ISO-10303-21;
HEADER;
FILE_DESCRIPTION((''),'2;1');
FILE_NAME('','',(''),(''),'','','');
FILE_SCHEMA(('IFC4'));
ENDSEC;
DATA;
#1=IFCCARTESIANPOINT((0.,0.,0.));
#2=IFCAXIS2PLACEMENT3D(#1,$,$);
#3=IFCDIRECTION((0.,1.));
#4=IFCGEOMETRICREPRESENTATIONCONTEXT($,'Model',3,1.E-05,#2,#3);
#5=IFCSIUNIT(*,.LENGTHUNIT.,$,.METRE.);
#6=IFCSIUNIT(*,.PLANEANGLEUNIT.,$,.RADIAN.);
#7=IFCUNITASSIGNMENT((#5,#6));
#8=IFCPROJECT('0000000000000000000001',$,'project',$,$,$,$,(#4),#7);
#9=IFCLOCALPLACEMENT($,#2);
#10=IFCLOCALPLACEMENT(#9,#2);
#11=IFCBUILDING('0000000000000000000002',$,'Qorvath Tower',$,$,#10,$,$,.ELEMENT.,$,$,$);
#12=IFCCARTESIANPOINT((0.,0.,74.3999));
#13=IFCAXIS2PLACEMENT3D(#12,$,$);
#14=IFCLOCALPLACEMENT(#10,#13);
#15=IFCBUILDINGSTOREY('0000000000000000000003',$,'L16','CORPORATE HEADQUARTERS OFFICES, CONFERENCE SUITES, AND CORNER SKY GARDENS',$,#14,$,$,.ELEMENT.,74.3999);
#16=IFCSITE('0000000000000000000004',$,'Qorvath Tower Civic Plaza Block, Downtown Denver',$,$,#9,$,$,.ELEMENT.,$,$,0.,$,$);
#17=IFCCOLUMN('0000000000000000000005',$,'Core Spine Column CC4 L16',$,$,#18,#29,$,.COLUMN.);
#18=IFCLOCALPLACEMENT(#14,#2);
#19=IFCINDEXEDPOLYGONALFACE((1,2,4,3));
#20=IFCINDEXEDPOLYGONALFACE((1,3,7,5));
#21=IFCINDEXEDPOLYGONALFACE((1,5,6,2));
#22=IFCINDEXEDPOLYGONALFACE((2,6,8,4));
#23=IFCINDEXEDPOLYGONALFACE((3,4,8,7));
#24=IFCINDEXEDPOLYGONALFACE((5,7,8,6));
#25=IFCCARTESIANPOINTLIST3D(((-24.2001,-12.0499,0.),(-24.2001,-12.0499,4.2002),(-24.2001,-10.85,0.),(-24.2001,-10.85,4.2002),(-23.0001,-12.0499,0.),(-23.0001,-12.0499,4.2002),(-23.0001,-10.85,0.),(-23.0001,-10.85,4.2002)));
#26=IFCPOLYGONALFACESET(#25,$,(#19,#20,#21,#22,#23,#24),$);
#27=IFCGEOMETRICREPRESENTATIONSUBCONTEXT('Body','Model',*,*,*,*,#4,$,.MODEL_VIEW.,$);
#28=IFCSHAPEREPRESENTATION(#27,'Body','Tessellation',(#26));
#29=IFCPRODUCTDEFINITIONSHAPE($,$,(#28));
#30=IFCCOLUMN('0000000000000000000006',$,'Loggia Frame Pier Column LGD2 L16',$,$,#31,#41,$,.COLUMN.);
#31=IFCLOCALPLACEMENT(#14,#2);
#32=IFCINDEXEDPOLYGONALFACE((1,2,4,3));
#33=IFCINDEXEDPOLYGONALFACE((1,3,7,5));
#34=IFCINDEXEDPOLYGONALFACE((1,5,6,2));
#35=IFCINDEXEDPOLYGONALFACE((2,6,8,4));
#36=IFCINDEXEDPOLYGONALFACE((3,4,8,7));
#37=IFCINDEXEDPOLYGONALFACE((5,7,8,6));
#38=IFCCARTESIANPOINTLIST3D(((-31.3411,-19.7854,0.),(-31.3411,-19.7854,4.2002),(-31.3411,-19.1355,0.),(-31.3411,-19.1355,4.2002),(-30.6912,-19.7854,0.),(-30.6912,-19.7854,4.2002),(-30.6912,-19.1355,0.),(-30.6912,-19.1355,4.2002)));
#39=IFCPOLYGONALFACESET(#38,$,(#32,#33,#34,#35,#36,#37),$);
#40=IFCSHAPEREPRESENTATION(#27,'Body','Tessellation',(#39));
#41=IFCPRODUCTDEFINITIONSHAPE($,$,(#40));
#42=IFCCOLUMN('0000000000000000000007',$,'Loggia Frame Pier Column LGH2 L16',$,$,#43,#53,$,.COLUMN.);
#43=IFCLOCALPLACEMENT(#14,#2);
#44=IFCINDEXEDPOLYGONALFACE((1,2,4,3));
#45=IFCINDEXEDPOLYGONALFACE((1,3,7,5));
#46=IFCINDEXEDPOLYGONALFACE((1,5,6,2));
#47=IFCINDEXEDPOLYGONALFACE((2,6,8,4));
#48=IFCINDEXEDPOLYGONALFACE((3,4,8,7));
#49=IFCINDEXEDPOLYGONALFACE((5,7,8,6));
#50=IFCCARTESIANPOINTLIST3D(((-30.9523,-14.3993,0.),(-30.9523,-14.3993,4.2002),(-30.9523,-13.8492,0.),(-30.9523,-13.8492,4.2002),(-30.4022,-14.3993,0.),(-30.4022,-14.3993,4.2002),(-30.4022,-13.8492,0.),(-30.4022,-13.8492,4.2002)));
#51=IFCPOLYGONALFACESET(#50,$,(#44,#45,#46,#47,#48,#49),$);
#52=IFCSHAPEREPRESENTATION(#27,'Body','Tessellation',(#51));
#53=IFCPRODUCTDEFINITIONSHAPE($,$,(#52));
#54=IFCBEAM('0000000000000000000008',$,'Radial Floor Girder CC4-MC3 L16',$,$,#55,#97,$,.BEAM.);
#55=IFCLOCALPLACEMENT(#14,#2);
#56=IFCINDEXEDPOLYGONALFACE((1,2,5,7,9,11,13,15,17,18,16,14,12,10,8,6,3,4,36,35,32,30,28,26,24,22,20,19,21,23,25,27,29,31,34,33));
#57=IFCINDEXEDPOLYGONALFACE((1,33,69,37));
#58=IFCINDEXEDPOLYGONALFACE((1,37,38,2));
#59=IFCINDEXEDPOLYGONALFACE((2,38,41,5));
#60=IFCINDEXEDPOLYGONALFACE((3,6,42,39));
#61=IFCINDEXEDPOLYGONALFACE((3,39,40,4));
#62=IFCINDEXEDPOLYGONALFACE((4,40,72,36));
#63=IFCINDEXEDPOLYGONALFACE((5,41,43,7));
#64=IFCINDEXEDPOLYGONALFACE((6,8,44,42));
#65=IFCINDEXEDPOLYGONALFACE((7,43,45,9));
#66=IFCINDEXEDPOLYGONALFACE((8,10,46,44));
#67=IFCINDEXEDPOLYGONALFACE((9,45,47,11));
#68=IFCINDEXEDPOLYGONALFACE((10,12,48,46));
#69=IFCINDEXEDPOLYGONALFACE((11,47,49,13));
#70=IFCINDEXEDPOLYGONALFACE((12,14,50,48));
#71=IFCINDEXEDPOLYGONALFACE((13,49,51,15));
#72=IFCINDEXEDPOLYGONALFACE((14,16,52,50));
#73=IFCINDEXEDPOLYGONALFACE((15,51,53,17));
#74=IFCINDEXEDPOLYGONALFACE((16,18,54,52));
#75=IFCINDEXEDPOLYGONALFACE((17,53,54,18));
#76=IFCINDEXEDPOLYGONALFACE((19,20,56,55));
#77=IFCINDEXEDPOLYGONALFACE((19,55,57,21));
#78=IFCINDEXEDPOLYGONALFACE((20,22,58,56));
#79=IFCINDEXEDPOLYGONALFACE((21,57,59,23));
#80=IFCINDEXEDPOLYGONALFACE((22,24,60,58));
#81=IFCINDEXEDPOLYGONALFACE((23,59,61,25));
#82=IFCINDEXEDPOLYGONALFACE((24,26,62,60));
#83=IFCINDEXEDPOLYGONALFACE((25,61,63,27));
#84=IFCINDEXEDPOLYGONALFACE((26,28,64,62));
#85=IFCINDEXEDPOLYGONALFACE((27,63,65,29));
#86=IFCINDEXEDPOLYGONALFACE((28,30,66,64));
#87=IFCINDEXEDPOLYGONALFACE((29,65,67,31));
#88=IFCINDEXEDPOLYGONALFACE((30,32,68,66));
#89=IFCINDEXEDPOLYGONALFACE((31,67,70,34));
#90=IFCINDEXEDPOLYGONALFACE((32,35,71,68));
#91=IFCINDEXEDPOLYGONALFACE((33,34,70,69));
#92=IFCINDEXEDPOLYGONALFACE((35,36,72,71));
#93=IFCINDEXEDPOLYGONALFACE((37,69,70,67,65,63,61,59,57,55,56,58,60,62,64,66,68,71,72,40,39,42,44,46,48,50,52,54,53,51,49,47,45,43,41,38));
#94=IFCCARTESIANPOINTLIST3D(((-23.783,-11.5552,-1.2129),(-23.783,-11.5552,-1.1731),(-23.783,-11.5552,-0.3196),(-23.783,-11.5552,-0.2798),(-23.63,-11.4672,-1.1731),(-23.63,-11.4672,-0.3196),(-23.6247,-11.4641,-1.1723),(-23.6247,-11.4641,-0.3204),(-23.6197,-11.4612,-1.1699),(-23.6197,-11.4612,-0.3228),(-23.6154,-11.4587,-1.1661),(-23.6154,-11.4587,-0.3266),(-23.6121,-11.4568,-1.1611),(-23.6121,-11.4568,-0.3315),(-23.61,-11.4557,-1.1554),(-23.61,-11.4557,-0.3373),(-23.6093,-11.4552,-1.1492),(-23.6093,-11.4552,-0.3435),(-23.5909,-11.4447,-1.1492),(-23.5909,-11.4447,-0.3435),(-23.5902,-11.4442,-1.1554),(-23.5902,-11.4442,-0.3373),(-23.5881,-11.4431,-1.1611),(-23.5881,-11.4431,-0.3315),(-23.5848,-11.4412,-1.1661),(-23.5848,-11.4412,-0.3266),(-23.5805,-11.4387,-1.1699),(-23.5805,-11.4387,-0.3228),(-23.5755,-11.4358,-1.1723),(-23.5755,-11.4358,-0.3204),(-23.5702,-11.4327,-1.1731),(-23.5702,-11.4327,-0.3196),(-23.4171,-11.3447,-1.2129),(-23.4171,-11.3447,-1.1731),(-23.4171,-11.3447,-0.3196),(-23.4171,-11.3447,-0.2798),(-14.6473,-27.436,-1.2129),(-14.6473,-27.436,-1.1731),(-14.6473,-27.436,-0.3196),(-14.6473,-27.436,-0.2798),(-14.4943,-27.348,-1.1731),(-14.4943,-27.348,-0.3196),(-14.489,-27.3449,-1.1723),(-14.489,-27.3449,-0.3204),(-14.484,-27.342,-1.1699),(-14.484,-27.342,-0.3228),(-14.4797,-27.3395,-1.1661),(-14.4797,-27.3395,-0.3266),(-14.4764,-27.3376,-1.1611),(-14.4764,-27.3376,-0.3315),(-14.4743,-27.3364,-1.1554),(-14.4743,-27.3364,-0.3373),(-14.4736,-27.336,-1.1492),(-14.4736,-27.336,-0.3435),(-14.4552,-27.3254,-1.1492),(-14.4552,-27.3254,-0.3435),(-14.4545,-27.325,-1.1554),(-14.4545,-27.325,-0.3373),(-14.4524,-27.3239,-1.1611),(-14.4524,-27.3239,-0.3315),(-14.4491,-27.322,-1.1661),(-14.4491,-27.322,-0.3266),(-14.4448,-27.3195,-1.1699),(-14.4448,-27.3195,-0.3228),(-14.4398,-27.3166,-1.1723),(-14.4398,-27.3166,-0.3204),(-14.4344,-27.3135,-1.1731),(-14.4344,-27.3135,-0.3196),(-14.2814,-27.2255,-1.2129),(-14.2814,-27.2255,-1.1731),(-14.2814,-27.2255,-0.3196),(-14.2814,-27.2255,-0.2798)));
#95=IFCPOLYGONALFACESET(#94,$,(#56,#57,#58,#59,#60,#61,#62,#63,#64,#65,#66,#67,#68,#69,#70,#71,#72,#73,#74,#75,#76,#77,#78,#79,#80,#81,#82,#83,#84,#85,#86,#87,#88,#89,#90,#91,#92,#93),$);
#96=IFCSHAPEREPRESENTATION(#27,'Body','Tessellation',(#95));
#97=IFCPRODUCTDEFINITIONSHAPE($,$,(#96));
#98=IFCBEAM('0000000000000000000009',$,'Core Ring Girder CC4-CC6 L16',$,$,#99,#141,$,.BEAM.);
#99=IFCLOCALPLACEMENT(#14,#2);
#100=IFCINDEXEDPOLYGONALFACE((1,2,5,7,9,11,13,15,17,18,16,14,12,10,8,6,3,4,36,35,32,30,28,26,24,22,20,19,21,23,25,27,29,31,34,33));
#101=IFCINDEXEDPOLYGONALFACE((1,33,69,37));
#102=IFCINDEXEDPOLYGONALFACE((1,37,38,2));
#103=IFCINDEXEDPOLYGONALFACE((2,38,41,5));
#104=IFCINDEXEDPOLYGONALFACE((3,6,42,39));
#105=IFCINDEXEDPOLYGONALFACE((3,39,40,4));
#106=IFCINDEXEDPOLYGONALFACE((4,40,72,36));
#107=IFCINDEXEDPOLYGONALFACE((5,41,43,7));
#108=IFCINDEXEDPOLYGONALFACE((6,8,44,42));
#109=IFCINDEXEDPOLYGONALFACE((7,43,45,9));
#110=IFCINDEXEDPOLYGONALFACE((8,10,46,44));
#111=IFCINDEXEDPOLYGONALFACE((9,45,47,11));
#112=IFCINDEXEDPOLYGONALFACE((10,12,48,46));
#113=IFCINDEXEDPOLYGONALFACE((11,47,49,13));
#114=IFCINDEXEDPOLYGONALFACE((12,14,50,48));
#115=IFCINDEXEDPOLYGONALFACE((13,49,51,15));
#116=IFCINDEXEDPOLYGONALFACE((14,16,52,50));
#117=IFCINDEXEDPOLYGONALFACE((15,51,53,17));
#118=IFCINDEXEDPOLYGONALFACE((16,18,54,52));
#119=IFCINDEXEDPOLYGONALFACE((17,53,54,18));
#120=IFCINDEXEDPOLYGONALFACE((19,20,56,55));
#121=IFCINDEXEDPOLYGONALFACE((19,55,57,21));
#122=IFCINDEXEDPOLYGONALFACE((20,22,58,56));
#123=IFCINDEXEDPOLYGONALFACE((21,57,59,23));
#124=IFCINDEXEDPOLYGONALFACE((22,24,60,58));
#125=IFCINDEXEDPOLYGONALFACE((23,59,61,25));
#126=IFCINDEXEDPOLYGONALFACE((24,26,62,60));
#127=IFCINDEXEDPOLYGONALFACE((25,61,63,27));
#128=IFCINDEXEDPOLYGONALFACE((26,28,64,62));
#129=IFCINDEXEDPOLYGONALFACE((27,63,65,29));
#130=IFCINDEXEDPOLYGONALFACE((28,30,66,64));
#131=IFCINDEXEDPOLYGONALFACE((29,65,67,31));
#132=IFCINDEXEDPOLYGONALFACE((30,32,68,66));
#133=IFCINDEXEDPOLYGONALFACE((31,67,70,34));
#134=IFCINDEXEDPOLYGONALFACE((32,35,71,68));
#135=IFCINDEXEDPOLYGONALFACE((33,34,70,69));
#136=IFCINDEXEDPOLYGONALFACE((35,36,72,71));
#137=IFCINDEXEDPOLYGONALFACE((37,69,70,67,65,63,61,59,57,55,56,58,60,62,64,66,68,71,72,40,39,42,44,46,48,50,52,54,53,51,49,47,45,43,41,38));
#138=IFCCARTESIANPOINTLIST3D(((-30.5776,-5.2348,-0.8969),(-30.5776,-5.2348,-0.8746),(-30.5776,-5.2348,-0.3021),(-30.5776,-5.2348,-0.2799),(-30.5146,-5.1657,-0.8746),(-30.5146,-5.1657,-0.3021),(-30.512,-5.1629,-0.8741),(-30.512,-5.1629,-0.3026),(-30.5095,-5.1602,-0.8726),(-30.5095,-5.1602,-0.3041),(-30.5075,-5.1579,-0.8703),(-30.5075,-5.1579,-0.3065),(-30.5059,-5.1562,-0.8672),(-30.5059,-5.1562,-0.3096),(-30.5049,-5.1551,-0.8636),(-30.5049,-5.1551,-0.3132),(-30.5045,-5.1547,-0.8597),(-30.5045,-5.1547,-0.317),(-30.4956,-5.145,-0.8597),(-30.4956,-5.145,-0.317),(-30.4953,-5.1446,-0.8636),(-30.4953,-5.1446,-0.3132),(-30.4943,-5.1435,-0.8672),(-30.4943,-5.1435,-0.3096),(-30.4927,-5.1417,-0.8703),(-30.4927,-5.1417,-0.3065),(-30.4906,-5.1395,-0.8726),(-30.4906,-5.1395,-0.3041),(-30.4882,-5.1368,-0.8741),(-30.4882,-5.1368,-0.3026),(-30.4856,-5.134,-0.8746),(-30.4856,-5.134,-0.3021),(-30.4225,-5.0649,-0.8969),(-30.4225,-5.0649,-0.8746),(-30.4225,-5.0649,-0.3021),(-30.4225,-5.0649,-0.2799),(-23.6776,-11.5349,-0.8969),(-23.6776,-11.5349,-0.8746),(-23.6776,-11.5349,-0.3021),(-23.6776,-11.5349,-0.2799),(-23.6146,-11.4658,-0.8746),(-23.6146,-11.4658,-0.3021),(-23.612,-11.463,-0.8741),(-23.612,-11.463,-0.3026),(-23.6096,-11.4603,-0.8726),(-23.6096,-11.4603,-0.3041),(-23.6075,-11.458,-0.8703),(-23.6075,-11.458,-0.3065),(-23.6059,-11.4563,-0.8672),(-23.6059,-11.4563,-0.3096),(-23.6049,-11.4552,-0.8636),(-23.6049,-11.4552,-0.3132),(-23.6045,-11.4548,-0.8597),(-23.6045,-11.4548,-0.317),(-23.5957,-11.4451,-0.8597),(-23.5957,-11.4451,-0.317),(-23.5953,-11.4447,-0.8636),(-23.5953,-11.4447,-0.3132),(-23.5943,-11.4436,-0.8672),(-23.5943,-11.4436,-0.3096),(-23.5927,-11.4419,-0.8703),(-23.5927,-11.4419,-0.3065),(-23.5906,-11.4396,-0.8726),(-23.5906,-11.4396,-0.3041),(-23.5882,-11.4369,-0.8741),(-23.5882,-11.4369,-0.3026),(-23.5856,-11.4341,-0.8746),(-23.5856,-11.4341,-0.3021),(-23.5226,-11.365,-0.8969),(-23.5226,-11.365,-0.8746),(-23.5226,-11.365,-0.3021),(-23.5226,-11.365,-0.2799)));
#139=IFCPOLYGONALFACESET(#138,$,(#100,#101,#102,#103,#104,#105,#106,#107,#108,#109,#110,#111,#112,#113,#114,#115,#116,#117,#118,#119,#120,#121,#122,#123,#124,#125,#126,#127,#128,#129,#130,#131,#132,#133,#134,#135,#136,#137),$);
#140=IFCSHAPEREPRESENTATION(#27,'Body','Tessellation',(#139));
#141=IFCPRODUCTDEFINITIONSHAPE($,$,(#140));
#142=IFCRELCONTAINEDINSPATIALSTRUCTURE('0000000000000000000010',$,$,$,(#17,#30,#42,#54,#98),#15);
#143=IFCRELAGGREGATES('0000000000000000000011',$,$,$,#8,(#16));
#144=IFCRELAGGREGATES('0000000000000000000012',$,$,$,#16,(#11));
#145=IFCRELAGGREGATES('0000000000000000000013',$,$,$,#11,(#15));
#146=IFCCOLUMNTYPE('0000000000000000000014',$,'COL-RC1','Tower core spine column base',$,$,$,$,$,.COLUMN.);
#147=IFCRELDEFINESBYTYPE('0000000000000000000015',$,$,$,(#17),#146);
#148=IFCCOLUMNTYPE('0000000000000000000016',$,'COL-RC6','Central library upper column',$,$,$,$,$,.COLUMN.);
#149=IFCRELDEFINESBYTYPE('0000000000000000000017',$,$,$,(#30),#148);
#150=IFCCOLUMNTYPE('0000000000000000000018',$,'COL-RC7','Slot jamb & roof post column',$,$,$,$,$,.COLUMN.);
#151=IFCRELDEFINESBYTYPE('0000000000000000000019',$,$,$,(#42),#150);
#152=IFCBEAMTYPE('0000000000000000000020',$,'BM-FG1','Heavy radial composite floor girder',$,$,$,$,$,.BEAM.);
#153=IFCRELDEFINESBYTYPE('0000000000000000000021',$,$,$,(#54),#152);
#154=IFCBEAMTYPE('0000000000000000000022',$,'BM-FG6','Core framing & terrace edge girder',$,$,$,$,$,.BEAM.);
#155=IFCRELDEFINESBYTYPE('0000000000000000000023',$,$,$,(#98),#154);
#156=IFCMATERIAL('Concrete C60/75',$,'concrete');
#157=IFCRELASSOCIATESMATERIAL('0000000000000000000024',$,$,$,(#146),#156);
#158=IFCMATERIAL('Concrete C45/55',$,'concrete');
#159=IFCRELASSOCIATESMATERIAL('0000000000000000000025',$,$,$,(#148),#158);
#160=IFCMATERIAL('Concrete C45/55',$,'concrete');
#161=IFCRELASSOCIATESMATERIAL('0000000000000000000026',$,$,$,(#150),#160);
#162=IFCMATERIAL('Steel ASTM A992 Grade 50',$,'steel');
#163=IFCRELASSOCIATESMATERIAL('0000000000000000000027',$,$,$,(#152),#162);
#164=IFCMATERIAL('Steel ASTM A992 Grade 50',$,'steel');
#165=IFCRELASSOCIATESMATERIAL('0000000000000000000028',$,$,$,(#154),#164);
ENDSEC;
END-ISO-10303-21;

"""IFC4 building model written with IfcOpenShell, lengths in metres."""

from ifc_helpers import new_model, si_unit, direction, frame, origin, origin_2d, place, context, subcontext, project, spatial, rectangle, i_section, extrude, material, material_profile, profile_set, type_object, element, save


model = new_model("IFC4")

# Units and contexts
model_context = context("Model", 3, precision=1e-05, world=origin(), true_north=direction((0.0, 1.0)))
body_context = subcontext(model_context, "Body", "Model", "MODEL_VIEW")
ifc_project = project(units=[si_unit("LENGTHUNIT", "METRE"), si_unit("PLANEANGLEUNIT", "RADIAN")], contexts=[model_context])

# Site, building, storey
site_placement = place(None, origin())
site = spatial("IfcSite", under=ifc_project, at=site_placement, Name="Qorvath Tower Civic Plaza Block, Downtown Denver", CompositionType="ELEMENT", RefElevation=0.0)
building_placement = place(site_placement, origin())
building = spatial("IfcBuilding", under=site, at=building_placement, Name="Qorvath Tower", CompositionType="ELEMENT")
storey_placement = place(building_placement, frame((0.0, 0.0, 74.3999)))
storey = spatial("IfcBuildingStorey", under=building, at=storey_placement, Name="L16", Description="CORPORATE HEADQUARTERS OFFICES, CONFERENCE SUITES, AND CORNER SKY GARDENS", CompositionType="ELEMENT", Elevation=74.3999)

# Columns
ifc_material_1 = material(Name="Concrete C60/75", Category="concrete")
ifc_material_profile_1 = material_profile(ifc_material_1, rectangle(XDim=1.2, YDim=1.2, at=origin_2d()), Name="RC 1200x1200")
ifc_profile_set_1 = profile_set([ifc_material_profile_1], Name="Concrete C60/75")
column_type_1 = type_object("IfcColumnType", Name="COL-RC1", Description="Tower core spine column base", PredefinedType="COLUMN", material=ifc_profile_set_1)
column_1_placement = place(storey_placement, frame((-23.6001, -11.45, 0.0), z_axis=(0.0, 0.0, 1.0), x_axis=(1.0, 0.0, 0.0)))
element("IfcColumn", 1, at=column_1_placement, inside=storey, type_object=column_type_1, Name="Core Spine Column CC4 L16", PredefinedType="COLUMN", context=body_context, shape_type="SweptSolid", body=[
    extrude(rectangle(XDim=1.2, YDim=1.2, at=origin_2d()), origin(), (0.0, 0.0, 1.0), 4.2002),
])
ifc_material_2 = material(Name="Concrete C45/55", Category="concrete")
ifc_material_profile_2 = material_profile(ifc_material_2, rectangle(XDim=0.6499, YDim=0.6499, at=origin_2d()), Name="RC 650x650")
ifc_profile_set_2 = profile_set([ifc_material_profile_2], Name="Concrete C45/55")
column_type_2 = type_object("IfcColumnType", Name="COL-RC6", Description="Central library upper column", PredefinedType="COLUMN", material=ifc_profile_set_2)
column_2_placement = place(storey_placement, frame((-31.0161, -19.4604, 0.0), z_axis=(0.0, 0.0, 1.0), x_axis=(1.0, 0.0, 0.0)))
element("IfcColumn", 2, at=column_2_placement, inside=storey, type_object=column_type_2, Name="Loggia Frame Pier Column LGD2 L16", PredefinedType="COLUMN", context=body_context, shape_type="SweptSolid", body=[
    extrude(rectangle(XDim=0.6499, YDim=0.6499, at=origin_2d()), origin(), (0.0, 0.0, 1.0), 4.2002),
])
ifc_material_3 = material(Name="Concrete C45/55", Category="concrete")
ifc_material_profile_3 = material_profile(ifc_material_3, rectangle(XDim=0.55, YDim=0.55, at=origin_2d()), Name="RC 550x550")
ifc_profile_set_3 = profile_set([ifc_material_profile_3], Name="Concrete C45/55")
column_type_3 = type_object("IfcColumnType", Name="COL-RC7", Description="Slot jamb & roof post column", PredefinedType="COLUMN", material=ifc_profile_set_3)
column_3_placement = place(storey_placement, frame((-30.6772, -14.1243, 0.0), z_axis=(0.0, 0.0, 1.0), x_axis=(1.0, 0.0, 0.0)))
element("IfcColumn", 3, at=column_3_placement, inside=storey, type_object=column_type_3, Name="Loggia Frame Pier Column LGH2 L16", PredefinedType="COLUMN", context=body_context, shape_type="SweptSolid", body=[
    extrude(rectangle(XDim=0.55, YDim=0.55, at=origin_2d()), origin(), (0.0, 0.0, 1.0), 4.2002),
])

# Beams
ifc_material_4 = material(Name="Steel ASTM A992 Grade 50", Category="steel")
ifc_material_profile_4 = material_profile(ifc_material_4, i_section(OverallWidth=0.4221, OverallDepth=0.9331, WebThickness=0.0212, FlangeThickness=0.0398, FilletRadius=0.0239, at=origin_2d()), Name="W36x262")
ifc_profile_set_4 = profile_set([ifc_material_profile_4], Name="Steel ASTM A992 Grade 50")
beam_type_1 = type_object("IfcBeamType", Name="BM-FG1", Description="Heavy radial composite floor girder", PredefinedType="BEAM", material=ifc_profile_set_4)
beam_1_placement = place(storey_placement, frame((-23.6001, -11.45, -0.7463), z_axis=(0.498645, -0.866806, 0.0), x_axis=(0.866806, 0.498645, 0.0)))
element("IfcBeam", 4, at=beam_1_placement, inside=storey, type_object=beam_type_1, Name="Radial Floor Girder CC4-MC3 L16", PredefinedType="BEAM", context=body_context, shape_type="SweptSolid", body=[
    extrude(i_section(OverallWidth=0.4221, OverallDepth=0.9331, WebThickness=0.0212, FlangeThickness=0.0398, FilletRadius=0.0239, at=origin_2d()), origin(), (0.0, 0.0, 1.0), 18.321),
])
ifc_material_5 = material(Name="Steel ASTM A992 Grade 50", Category="steel")
ifc_material_profile_5 = material_profile(ifc_material_5, i_section(OverallWidth=0.23, OverallDepth=0.6169, WebThickness=0.0132, FlangeThickness=0.0222, FilletRadius=0.0149, at=origin_2d()), Name="W24x94")
ifc_profile_set_5 = profile_set([ifc_material_profile_5], Name="Steel ASTM A992 Grade 50")
beam_type_2 = type_object("IfcBeamType", Name="BM-FG6", Description="Core framing & terrace edge girder", PredefinedType="BEAM", material=ifc_profile_set_5)
beam_2_placement = place(storey_placement, frame((-23.6001, -11.45, -0.5884), z_axis=(-0.738478, 0.674277, 0.0), x_axis=(-0.674277, -0.738478, 0.0)))
element("IfcBeam", 5, at=beam_2_placement, inside=storey, type_object=beam_type_2, Name="Core Ring Girder CC4-CC6 L16", PredefinedType="BEAM", context=body_context, shape_type="SweptSolid", body=[
    extrude(i_section(OverallWidth=0.23, OverallDepth=0.6169, WebThickness=0.0132, FlangeThickness=0.0222, FilletRadius=0.0149, at=origin_2d()), origin(), (0.0, 0.0, 1.0), 9.3435),
])

save(model, "model.ifc")
